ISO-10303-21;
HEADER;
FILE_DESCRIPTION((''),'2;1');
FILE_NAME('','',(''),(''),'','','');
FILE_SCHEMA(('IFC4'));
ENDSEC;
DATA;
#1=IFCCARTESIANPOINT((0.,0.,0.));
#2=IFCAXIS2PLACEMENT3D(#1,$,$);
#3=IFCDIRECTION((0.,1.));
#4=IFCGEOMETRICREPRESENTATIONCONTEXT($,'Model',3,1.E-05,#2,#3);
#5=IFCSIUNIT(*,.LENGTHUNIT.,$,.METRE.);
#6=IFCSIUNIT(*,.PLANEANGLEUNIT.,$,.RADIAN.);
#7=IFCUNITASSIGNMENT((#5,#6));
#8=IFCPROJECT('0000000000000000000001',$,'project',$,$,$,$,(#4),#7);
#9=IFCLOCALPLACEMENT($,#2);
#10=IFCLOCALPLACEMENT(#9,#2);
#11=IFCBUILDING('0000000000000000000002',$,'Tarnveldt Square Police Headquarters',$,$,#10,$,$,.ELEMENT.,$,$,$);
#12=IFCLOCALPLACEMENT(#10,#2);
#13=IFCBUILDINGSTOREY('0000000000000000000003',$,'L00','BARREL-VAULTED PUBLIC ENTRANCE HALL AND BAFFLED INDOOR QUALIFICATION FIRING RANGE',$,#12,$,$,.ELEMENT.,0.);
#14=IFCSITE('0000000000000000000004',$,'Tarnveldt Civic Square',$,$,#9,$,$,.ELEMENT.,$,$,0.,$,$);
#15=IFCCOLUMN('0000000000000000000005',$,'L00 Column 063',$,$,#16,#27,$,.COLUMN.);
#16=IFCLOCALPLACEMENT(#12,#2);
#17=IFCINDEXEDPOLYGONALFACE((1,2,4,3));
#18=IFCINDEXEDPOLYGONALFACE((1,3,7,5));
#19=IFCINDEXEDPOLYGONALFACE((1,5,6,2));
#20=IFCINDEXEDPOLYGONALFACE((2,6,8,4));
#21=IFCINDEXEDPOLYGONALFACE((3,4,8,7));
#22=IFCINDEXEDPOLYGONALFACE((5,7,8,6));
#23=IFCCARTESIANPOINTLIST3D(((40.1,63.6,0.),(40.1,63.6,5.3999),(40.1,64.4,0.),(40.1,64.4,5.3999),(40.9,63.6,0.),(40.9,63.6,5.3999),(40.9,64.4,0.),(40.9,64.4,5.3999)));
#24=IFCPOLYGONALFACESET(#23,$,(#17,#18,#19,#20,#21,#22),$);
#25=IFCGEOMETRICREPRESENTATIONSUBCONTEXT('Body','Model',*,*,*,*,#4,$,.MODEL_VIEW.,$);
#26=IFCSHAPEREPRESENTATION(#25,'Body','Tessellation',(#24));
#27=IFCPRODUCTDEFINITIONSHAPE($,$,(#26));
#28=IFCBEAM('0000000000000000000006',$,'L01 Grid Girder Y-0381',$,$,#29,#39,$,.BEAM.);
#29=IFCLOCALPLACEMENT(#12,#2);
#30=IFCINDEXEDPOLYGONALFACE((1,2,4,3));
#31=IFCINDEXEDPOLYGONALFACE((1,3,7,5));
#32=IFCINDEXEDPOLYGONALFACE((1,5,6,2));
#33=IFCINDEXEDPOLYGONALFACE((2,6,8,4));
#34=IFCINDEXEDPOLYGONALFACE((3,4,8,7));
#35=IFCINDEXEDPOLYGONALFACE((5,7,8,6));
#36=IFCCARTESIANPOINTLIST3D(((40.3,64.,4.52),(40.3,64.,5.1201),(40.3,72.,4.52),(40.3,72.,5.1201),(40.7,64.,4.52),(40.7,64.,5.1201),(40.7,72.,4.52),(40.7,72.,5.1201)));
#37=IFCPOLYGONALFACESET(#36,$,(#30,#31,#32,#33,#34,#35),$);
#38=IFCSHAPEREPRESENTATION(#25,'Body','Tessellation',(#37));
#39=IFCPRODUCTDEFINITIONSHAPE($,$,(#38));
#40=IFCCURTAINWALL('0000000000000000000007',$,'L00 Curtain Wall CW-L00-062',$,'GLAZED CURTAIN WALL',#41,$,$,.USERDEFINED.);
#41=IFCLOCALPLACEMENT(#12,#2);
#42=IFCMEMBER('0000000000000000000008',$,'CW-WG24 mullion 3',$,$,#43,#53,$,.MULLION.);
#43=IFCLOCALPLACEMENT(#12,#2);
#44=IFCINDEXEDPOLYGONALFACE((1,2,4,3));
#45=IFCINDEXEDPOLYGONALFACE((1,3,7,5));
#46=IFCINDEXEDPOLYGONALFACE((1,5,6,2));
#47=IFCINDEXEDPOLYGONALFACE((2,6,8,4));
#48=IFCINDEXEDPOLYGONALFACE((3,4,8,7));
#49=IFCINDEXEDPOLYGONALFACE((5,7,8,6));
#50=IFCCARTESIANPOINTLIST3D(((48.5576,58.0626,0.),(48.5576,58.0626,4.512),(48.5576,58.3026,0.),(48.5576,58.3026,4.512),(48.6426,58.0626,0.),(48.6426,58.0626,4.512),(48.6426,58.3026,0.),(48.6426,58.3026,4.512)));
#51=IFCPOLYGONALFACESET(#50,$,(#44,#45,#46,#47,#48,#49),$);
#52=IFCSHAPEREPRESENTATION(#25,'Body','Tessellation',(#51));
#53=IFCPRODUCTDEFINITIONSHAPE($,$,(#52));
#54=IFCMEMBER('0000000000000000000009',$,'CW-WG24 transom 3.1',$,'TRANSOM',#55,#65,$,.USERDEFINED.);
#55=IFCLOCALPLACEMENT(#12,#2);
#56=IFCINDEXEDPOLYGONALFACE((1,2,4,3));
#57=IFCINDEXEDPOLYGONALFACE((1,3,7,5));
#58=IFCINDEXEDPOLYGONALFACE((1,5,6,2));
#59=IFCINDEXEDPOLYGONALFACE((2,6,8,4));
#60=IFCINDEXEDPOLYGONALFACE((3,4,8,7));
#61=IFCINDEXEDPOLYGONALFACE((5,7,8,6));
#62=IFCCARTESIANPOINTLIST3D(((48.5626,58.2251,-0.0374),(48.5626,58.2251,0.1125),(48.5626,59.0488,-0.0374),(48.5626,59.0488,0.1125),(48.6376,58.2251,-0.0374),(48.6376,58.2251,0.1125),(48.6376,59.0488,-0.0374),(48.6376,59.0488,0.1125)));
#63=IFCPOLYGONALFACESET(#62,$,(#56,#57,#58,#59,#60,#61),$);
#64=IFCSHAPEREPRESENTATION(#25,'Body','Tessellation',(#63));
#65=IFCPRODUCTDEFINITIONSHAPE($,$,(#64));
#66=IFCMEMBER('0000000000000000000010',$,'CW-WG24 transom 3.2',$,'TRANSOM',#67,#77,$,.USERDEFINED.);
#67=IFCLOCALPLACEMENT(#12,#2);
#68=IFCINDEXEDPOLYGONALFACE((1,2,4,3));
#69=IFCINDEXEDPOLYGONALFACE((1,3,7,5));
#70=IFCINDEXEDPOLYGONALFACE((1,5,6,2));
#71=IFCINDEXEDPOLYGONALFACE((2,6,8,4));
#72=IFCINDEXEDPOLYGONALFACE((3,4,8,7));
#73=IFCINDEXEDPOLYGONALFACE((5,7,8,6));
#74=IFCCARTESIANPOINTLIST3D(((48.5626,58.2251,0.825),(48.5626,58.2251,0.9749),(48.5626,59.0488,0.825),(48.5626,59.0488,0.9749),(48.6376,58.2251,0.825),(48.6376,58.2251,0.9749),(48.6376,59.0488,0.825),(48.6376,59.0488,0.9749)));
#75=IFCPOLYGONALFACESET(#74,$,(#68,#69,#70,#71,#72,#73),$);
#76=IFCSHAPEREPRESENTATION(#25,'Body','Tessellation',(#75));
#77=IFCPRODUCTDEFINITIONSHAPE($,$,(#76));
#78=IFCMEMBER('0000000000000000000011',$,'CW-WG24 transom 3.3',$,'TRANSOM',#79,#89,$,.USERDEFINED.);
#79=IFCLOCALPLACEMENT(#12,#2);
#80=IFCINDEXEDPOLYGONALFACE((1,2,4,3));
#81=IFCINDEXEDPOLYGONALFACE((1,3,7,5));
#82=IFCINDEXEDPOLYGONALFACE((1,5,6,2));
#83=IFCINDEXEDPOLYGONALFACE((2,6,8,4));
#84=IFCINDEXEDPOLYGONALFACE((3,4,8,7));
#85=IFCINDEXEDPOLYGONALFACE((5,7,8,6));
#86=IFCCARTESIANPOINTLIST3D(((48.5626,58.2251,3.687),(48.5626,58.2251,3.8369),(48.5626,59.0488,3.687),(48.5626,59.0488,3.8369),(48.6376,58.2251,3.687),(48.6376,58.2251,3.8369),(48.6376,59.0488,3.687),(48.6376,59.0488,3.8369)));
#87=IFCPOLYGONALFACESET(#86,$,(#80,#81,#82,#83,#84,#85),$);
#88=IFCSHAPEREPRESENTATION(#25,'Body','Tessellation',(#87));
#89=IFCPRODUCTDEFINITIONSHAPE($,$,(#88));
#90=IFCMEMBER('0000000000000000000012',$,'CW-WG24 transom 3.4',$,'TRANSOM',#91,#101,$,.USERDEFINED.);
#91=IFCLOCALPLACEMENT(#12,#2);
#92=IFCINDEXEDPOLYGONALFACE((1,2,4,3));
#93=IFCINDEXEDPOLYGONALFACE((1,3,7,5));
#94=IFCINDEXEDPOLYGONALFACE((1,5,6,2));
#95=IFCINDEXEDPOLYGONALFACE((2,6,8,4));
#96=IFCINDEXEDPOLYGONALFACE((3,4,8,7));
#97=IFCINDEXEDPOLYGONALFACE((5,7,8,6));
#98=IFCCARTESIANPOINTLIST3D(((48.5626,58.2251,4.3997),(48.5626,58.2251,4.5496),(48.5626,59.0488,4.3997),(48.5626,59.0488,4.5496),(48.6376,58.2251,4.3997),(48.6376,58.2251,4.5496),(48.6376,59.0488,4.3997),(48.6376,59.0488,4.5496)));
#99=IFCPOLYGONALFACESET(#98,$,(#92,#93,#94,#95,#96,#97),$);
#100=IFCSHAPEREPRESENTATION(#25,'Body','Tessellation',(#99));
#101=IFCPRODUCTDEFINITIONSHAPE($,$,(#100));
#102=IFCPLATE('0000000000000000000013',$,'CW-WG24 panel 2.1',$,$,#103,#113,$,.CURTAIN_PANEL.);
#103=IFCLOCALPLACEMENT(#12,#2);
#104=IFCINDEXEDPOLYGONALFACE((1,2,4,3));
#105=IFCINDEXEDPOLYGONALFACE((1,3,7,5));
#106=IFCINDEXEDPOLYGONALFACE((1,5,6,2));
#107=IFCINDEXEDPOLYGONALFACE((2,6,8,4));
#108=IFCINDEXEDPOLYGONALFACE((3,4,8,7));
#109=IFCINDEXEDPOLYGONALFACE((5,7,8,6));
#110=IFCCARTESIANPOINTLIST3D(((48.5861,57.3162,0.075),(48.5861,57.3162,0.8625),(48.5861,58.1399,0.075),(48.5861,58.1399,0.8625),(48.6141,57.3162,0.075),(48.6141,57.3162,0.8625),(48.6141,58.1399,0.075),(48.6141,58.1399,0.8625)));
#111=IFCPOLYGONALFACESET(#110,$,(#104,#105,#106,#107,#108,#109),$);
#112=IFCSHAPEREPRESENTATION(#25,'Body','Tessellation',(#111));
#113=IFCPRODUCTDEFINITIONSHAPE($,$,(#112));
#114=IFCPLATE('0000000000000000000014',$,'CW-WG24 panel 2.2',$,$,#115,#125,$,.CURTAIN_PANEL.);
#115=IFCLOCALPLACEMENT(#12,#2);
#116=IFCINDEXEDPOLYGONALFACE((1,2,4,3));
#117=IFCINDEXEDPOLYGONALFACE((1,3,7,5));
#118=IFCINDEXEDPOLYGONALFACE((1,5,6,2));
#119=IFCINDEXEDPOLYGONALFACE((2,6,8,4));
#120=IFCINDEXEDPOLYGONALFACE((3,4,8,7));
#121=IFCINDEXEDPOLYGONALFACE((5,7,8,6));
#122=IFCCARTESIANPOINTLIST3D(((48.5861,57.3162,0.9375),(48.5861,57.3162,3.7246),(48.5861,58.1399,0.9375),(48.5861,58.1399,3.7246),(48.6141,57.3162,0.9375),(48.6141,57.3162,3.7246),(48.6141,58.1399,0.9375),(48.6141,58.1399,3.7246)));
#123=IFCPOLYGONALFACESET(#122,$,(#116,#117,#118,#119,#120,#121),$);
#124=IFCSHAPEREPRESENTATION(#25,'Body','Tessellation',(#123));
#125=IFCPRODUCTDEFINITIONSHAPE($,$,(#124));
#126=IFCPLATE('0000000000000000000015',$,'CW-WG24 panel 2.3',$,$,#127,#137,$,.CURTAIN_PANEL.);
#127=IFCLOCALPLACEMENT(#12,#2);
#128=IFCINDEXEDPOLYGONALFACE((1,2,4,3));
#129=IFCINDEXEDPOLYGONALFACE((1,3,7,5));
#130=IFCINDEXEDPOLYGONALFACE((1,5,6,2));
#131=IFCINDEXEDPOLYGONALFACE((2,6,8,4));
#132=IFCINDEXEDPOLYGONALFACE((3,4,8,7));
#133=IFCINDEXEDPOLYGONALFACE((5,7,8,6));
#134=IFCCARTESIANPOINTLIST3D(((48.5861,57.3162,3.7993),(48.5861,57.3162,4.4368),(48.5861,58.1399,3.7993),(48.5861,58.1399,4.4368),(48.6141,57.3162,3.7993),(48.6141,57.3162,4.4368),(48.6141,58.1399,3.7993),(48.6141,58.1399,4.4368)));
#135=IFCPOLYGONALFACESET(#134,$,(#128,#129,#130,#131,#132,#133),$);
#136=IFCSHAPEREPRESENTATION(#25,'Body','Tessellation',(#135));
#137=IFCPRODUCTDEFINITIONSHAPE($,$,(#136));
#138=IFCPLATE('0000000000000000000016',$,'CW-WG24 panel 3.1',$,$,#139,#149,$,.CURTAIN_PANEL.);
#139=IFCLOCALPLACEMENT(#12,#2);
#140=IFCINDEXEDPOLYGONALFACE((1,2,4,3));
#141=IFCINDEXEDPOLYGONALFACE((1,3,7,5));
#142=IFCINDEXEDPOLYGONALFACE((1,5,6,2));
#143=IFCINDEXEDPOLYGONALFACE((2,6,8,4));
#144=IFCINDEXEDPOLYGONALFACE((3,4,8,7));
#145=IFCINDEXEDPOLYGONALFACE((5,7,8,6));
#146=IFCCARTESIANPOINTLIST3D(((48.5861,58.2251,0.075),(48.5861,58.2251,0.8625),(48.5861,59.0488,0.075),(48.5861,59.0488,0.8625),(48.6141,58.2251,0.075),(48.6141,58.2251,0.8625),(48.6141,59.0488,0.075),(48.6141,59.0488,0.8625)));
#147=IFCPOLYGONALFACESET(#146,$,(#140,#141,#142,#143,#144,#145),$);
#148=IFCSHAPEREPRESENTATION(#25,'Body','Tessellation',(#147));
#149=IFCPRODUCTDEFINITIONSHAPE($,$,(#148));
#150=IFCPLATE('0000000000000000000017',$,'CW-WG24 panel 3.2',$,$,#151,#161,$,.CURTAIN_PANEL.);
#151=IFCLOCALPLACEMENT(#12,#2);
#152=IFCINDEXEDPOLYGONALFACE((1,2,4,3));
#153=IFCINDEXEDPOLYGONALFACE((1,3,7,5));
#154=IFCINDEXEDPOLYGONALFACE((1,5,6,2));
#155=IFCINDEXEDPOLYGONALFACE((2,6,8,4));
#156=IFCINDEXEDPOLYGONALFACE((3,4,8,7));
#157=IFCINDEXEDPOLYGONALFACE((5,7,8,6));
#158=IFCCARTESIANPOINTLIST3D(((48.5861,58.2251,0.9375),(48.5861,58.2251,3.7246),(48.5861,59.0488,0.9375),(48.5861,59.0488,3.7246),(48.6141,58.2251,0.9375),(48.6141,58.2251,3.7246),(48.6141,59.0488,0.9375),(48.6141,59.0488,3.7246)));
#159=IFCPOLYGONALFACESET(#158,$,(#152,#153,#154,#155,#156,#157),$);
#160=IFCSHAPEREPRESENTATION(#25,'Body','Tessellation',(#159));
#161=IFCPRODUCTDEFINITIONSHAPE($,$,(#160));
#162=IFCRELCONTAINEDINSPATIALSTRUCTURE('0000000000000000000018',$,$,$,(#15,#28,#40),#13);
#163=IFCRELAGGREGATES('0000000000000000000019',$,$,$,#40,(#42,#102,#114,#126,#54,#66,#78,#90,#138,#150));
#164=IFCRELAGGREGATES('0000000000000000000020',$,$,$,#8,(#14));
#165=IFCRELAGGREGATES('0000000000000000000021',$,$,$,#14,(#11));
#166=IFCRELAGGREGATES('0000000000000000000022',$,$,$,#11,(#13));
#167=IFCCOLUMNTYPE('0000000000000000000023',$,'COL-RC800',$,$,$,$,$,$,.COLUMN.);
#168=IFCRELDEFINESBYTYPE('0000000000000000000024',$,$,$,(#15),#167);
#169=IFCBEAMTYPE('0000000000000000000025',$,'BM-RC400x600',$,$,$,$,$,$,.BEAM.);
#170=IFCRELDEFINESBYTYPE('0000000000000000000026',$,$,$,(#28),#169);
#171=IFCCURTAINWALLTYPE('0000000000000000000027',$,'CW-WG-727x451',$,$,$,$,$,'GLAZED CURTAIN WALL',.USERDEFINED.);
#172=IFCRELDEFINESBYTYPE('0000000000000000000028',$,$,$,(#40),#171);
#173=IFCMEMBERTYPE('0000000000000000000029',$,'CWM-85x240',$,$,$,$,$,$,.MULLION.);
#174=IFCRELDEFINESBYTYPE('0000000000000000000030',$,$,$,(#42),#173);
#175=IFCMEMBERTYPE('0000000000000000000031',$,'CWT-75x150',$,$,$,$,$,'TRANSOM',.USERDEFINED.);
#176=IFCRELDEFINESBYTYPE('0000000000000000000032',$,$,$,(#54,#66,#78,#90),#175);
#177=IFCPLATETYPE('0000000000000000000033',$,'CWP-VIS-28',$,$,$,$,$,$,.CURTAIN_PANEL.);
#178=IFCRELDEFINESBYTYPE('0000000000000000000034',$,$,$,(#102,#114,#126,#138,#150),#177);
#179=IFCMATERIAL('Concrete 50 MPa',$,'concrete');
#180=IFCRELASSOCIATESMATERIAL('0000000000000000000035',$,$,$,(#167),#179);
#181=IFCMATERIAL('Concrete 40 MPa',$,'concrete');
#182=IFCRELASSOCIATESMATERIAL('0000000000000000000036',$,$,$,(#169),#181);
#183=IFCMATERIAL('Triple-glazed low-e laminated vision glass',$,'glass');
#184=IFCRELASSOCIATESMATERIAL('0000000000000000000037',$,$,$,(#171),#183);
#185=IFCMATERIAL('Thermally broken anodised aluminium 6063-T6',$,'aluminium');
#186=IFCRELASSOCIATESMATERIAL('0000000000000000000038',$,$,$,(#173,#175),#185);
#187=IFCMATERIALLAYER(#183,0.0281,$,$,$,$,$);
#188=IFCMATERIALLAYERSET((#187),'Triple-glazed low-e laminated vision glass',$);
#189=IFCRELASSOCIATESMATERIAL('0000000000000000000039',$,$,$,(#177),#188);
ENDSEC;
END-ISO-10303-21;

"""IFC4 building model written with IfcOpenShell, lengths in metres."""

from ifc_helpers import new_model, si_unit, direction, frame, origin, origin_2d, place, context, subcontext, project, spatial, rectangle, extrude, material, layer, layer_set, material_profile, profile_set, type_object, element, aggregate, save


model = new_model("IFC4")

# Units and contexts
model_context = context("Model", 3, precision=1e-05, world=origin(), true_north=direction((0.0, 1.0)))
body_context = subcontext(model_context, "Body", "Model", "MODEL_VIEW")
ifc_project = project(units=[si_unit("LENGTHUNIT", "METRE"), si_unit("PLANEANGLEUNIT", "RADIAN")], contexts=[model_context])

# Site, building, storey
site_placement = place(None, origin())
site = spatial("IfcSite", under=ifc_project, at=site_placement, Name="Tarnveldt Civic Square", CompositionType="ELEMENT", RefElevation=0.0)
building_placement = place(site_placement, origin())
building = spatial("IfcBuilding", under=site, at=building_placement, Name="Tarnveldt Square Police Headquarters", CompositionType="ELEMENT")
storey_placement = place(building_placement, origin())
storey = spatial("IfcBuildingStorey", under=building, at=storey_placement, Name="L00", Description="BARREL-VAULTED PUBLIC ENTRANCE HALL AND BAFFLED INDOOR QUALIFICATION FIRING RANGE", CompositionType="ELEMENT", Elevation=0.0)

# Column
ifc_material_1 = material(Name="Concrete 50 MPa", Category="concrete")
ifc_material_profile_1 = material_profile(ifc_material_1, rectangle(XDim=0.8, YDim=0.8, at=origin_2d()), Name="RC-C800x800")
ifc_profile_set_1 = profile_set([ifc_material_profile_1], Name="Concrete 50 MPa")
column_type = type_object("IfcColumnType", Name="COL-RC800", PredefinedType="COLUMN", material=ifc_profile_set_1)
column_placement = place(storey_placement, frame((40.5, 64.0, 0.0), z_axis=(0.0, 0.0, 1.0), x_axis=(1.0, 0.0, 0.0)))
element("IfcColumn", 1, at=column_placement, inside=storey, type_object=column_type, Name="L00 Column 063", PredefinedType="COLUMN", context=body_context, shape_type="SweptSolid", body=[
    extrude(rectangle(XDim=0.8, YDim=0.8, at=origin_2d()), origin(), (0.0, 0.0, 1.0), 5.3999),
])

# Beam
ifc_material_2 = material(Name="Concrete 40 MPa", Category="concrete")
ifc_material_profile_2 = material_profile(ifc_material_2, rectangle(XDim=0.3999, YDim=0.6001, at=origin_2d()), Name="RC-B400x600")
ifc_profile_set_2 = profile_set([ifc_material_profile_2], Name="Concrete 40 MPa")
beam_type = type_object("IfcBeamType", Name="BM-RC400x600", PredefinedType="BEAM", material=ifc_profile_set_2)
beam_placement = place(storey_placement, frame((40.5, 64.0, 4.8201), z_axis=(0.0, 1.0, 0.0), x_axis=(-1.0, 0.0, 0.0)))
element("IfcBeam", 2, at=beam_placement, inside=storey, type_object=beam_type, Name="L01 Grid Girder Y-0381", PredefinedType="BEAM", context=body_context, shape_type="SweptSolid", body=[
    extrude(rectangle(XDim=0.3999, YDim=0.6001, at=origin_2d()), origin(), (0.0, 0.0, 1.0), 8.0),
])

# Curtain wall, members, plates
ifc_material_3 = material(Name="Triple-glazed low-e laminated vision glass", Category="glass")
curtain_wall_type = type_object("IfcCurtainWallType", Name="CW-WG-727x451", ElementType="GLAZED CURTAIN WALL", PredefinedType="USERDEFINED", material=ifc_material_3)
curtain_wall_placement = place(storey_placement, origin())
curtain_wall = element("IfcCurtainWall", 3, at=curtain_wall_placement, inside=storey, type_object=curtain_wall_type, Name="L00 Curtain Wall CW-L00-062", ObjectType="GLAZED CURTAIN WALL", PredefinedType="USERDEFINED")
ifc_material_4 = material(Name="Thermally broken anodised aluminium 6063-T6", Category="aluminium")
ifc_material_profile_3 = material_profile(ifc_material_4, rectangle(XDim=0.085, YDim=0.24, at=origin_2d()), Name="CW-M85x240")
ifc_profile_set_3 = profile_set([ifc_material_profile_3], Name="Thermally broken anodised aluminium 6063-T6")
member_type_1 = type_object("IfcMemberType", Name="CWM-85x240", PredefinedType="MULLION", material=ifc_profile_set_3)
member_1_placement = place(storey_placement, frame((48.6001, 58.1826, 0.0), z_axis=(0.0, 0.0, 1.0), x_axis=(-1.0, 0.0, 0.0)))
member_1 = element("IfcMember", 4, at=member_1_placement, type_object=member_type_1, Name="CW-WG24 mullion 3", PredefinedType="MULLION", context=body_context, shape_type="SweptSolid", body=[
    extrude(rectangle(XDim=0.085, YDim=0.24, at=origin_2d()), origin(), (0.0, 0.0, 1.0), 4.512),
])
ifc_material_profile_4 = material_profile(ifc_material_4, rectangle(XDim=0.075, YDim=0.1499, at=origin_2d()), Name="CW-T75x150")
ifc_profile_set_4 = profile_set([ifc_material_profile_4], Name="Thermally broken anodised aluminium 6063-T6")
member_type_2 = type_object("IfcMemberType", Name="CWT-75x150", ElementType="TRANSOM", PredefinedType="USERDEFINED", material=ifc_profile_set_4)
member_2_placement = place(storey_placement, frame((48.6001, 58.2251, 0.0376), z_axis=(0.0, 1.0, 0.0), x_axis=(-1.0, 0.0, 0.0)))
member_2 = element("IfcMember", 5, at=member_2_placement, type_object=member_type_2, Name="CW-WG24 transom 3.1", ObjectType="TRANSOM", PredefinedType="USERDEFINED", context=body_context, shape_type="SweptSolid", body=[
    extrude(rectangle(XDim=0.075, YDim=0.1499, at=origin_2d()), origin(), (0.0, 0.0, 1.0), 0.8237),
])
member_3_placement = place(storey_placement, frame((48.6001, 58.2251, 0.8999), z_axis=(0.0, 1.0, 0.0), x_axis=(-1.0, 0.0, 0.0)))
member_3 = element("IfcMember", 6, at=member_3_placement, type_object=member_type_2, Name="CW-WG24 transom 3.2", ObjectType="TRANSOM", PredefinedType="USERDEFINED", context=body_context, shape_type="SweptSolid", body=[
    extrude(rectangle(XDim=0.075, YDim=0.1499, at=origin_2d()), origin(), (0.0, 0.0, 1.0), 0.8237),
])
member_4_placement = place(storey_placement, frame((48.6001, 58.2251, 3.762), z_axis=(0.0, 1.0, 0.0), x_axis=(-1.0, 0.0, 0.0)))
member_4 = element("IfcMember", 7, at=member_4_placement, type_object=member_type_2, Name="CW-WG24 transom 3.3", ObjectType="TRANSOM", PredefinedType="USERDEFINED", context=body_context, shape_type="SweptSolid", body=[
    extrude(rectangle(XDim=0.075, YDim=0.1499, at=origin_2d()), origin(), (0.0, 0.0, 1.0), 0.8237),
])
member_5_placement = place(storey_placement, frame((48.6001, 58.2251, 4.4746), z_axis=(0.0, 1.0, 0.0), x_axis=(-1.0, 0.0, 0.0)))
member_5 = element("IfcMember", 8, at=member_5_placement, type_object=member_type_2, Name="CW-WG24 transom 3.4", ObjectType="TRANSOM", PredefinedType="USERDEFINED", context=body_context, shape_type="SweptSolid", body=[
    extrude(rectangle(XDim=0.075, YDim=0.1499, at=origin_2d()), origin(), (0.0, 0.0, 1.0), 0.8237),
])
ifc_layer_1 = layer(ifc_material_3, 0.0281)
ifc_layer_set_1 = layer_set([ifc_layer_1], Name="Triple-glazed low-e laminated vision glass")
plate_type = type_object("IfcPlateType", Name="CWP-VIS-28", PredefinedType="CURTAIN_PANEL", material=ifc_layer_set_1)
plate_1_placement = place(storey_placement, frame((48.6001, 57.728, 0.075), z_axis=(0.0, 0.0, 1.0), x_axis=(0.0, 1.0, 0.0)))
plate_1 = element("IfcPlate", 9, at=plate_1_placement, type_object=plate_type, Name="CW-WG24 panel 2.1", PredefinedType="CURTAIN_PANEL", context=body_context, shape_type="SweptSolid", body=[
    extrude(rectangle(XDim=0.8237, YDim=0.0281, at=origin_2d()), origin(), (0.0, 0.0, 1.0), 0.7876),
])
plate_2_placement = place(storey_placement, frame((48.6001, 57.728, 0.9375), z_axis=(0.0, 0.0, 1.0), x_axis=(0.0, 1.0, 0.0)))
plate_2 = element("IfcPlate", 10, at=plate_2_placement, type_object=plate_type, Name="CW-WG24 panel 2.2", PredefinedType="CURTAIN_PANEL", context=body_context, shape_type="SweptSolid", body=[
    extrude(rectangle(XDim=0.8237, YDim=0.0281, at=origin_2d()), origin(), (0.0, 0.0, 1.0), 2.7871),
])
plate_3_placement = place(storey_placement, frame((48.6001, 57.728, 3.7993), z_axis=(0.0, 0.0, 1.0), x_axis=(0.0, 1.0, 0.0)))
plate_3 = element("IfcPlate", 11, at=plate_3_placement, type_object=plate_type, Name="CW-WG24 panel 2.3", PredefinedType="CURTAIN_PANEL", context=body_context, shape_type="SweptSolid", body=[
    extrude(rectangle(XDim=0.8237, YDim=0.0281, at=origin_2d()), origin(), (0.0, 0.0, 1.0), 0.6375),
])
plate_4_placement = place(storey_placement, frame((48.6001, 58.637, 0.075), z_axis=(0.0, 0.0, 1.0), x_axis=(0.0, 1.0, 0.0)))
plate_4 = element("IfcPlate", 12, at=plate_4_placement, type_object=plate_type, Name="CW-WG24 panel 3.1", PredefinedType="CURTAIN_PANEL", context=body_context, shape_type="SweptSolid", body=[
    extrude(rectangle(XDim=0.8237, YDim=0.0281, at=origin_2d()), origin(), (0.0, 0.0, 1.0), 0.7876),
])
plate_5_placement = place(storey_placement, frame((48.6001, 58.637, 0.9375), z_axis=(0.0, 0.0, 1.0), x_axis=(0.0, 1.0, 0.0)))
plate_5 = element("IfcPlate", 13, at=plate_5_placement, type_object=plate_type, Name="CW-WG24 panel 3.2", PredefinedType="CURTAIN_PANEL", context=body_context, shape_type="SweptSolid", body=[
    extrude(rectangle(XDim=0.8237, YDim=0.0281, at=origin_2d()), origin(), (0.0, 0.0, 1.0), 2.7871),
])
aggregate(curtain_wall, [member_1, plate_1, plate_2, plate_3, member_2, member_3, member_4, member_5, plate_4, plate_5])

save(model, "model.ifc")
